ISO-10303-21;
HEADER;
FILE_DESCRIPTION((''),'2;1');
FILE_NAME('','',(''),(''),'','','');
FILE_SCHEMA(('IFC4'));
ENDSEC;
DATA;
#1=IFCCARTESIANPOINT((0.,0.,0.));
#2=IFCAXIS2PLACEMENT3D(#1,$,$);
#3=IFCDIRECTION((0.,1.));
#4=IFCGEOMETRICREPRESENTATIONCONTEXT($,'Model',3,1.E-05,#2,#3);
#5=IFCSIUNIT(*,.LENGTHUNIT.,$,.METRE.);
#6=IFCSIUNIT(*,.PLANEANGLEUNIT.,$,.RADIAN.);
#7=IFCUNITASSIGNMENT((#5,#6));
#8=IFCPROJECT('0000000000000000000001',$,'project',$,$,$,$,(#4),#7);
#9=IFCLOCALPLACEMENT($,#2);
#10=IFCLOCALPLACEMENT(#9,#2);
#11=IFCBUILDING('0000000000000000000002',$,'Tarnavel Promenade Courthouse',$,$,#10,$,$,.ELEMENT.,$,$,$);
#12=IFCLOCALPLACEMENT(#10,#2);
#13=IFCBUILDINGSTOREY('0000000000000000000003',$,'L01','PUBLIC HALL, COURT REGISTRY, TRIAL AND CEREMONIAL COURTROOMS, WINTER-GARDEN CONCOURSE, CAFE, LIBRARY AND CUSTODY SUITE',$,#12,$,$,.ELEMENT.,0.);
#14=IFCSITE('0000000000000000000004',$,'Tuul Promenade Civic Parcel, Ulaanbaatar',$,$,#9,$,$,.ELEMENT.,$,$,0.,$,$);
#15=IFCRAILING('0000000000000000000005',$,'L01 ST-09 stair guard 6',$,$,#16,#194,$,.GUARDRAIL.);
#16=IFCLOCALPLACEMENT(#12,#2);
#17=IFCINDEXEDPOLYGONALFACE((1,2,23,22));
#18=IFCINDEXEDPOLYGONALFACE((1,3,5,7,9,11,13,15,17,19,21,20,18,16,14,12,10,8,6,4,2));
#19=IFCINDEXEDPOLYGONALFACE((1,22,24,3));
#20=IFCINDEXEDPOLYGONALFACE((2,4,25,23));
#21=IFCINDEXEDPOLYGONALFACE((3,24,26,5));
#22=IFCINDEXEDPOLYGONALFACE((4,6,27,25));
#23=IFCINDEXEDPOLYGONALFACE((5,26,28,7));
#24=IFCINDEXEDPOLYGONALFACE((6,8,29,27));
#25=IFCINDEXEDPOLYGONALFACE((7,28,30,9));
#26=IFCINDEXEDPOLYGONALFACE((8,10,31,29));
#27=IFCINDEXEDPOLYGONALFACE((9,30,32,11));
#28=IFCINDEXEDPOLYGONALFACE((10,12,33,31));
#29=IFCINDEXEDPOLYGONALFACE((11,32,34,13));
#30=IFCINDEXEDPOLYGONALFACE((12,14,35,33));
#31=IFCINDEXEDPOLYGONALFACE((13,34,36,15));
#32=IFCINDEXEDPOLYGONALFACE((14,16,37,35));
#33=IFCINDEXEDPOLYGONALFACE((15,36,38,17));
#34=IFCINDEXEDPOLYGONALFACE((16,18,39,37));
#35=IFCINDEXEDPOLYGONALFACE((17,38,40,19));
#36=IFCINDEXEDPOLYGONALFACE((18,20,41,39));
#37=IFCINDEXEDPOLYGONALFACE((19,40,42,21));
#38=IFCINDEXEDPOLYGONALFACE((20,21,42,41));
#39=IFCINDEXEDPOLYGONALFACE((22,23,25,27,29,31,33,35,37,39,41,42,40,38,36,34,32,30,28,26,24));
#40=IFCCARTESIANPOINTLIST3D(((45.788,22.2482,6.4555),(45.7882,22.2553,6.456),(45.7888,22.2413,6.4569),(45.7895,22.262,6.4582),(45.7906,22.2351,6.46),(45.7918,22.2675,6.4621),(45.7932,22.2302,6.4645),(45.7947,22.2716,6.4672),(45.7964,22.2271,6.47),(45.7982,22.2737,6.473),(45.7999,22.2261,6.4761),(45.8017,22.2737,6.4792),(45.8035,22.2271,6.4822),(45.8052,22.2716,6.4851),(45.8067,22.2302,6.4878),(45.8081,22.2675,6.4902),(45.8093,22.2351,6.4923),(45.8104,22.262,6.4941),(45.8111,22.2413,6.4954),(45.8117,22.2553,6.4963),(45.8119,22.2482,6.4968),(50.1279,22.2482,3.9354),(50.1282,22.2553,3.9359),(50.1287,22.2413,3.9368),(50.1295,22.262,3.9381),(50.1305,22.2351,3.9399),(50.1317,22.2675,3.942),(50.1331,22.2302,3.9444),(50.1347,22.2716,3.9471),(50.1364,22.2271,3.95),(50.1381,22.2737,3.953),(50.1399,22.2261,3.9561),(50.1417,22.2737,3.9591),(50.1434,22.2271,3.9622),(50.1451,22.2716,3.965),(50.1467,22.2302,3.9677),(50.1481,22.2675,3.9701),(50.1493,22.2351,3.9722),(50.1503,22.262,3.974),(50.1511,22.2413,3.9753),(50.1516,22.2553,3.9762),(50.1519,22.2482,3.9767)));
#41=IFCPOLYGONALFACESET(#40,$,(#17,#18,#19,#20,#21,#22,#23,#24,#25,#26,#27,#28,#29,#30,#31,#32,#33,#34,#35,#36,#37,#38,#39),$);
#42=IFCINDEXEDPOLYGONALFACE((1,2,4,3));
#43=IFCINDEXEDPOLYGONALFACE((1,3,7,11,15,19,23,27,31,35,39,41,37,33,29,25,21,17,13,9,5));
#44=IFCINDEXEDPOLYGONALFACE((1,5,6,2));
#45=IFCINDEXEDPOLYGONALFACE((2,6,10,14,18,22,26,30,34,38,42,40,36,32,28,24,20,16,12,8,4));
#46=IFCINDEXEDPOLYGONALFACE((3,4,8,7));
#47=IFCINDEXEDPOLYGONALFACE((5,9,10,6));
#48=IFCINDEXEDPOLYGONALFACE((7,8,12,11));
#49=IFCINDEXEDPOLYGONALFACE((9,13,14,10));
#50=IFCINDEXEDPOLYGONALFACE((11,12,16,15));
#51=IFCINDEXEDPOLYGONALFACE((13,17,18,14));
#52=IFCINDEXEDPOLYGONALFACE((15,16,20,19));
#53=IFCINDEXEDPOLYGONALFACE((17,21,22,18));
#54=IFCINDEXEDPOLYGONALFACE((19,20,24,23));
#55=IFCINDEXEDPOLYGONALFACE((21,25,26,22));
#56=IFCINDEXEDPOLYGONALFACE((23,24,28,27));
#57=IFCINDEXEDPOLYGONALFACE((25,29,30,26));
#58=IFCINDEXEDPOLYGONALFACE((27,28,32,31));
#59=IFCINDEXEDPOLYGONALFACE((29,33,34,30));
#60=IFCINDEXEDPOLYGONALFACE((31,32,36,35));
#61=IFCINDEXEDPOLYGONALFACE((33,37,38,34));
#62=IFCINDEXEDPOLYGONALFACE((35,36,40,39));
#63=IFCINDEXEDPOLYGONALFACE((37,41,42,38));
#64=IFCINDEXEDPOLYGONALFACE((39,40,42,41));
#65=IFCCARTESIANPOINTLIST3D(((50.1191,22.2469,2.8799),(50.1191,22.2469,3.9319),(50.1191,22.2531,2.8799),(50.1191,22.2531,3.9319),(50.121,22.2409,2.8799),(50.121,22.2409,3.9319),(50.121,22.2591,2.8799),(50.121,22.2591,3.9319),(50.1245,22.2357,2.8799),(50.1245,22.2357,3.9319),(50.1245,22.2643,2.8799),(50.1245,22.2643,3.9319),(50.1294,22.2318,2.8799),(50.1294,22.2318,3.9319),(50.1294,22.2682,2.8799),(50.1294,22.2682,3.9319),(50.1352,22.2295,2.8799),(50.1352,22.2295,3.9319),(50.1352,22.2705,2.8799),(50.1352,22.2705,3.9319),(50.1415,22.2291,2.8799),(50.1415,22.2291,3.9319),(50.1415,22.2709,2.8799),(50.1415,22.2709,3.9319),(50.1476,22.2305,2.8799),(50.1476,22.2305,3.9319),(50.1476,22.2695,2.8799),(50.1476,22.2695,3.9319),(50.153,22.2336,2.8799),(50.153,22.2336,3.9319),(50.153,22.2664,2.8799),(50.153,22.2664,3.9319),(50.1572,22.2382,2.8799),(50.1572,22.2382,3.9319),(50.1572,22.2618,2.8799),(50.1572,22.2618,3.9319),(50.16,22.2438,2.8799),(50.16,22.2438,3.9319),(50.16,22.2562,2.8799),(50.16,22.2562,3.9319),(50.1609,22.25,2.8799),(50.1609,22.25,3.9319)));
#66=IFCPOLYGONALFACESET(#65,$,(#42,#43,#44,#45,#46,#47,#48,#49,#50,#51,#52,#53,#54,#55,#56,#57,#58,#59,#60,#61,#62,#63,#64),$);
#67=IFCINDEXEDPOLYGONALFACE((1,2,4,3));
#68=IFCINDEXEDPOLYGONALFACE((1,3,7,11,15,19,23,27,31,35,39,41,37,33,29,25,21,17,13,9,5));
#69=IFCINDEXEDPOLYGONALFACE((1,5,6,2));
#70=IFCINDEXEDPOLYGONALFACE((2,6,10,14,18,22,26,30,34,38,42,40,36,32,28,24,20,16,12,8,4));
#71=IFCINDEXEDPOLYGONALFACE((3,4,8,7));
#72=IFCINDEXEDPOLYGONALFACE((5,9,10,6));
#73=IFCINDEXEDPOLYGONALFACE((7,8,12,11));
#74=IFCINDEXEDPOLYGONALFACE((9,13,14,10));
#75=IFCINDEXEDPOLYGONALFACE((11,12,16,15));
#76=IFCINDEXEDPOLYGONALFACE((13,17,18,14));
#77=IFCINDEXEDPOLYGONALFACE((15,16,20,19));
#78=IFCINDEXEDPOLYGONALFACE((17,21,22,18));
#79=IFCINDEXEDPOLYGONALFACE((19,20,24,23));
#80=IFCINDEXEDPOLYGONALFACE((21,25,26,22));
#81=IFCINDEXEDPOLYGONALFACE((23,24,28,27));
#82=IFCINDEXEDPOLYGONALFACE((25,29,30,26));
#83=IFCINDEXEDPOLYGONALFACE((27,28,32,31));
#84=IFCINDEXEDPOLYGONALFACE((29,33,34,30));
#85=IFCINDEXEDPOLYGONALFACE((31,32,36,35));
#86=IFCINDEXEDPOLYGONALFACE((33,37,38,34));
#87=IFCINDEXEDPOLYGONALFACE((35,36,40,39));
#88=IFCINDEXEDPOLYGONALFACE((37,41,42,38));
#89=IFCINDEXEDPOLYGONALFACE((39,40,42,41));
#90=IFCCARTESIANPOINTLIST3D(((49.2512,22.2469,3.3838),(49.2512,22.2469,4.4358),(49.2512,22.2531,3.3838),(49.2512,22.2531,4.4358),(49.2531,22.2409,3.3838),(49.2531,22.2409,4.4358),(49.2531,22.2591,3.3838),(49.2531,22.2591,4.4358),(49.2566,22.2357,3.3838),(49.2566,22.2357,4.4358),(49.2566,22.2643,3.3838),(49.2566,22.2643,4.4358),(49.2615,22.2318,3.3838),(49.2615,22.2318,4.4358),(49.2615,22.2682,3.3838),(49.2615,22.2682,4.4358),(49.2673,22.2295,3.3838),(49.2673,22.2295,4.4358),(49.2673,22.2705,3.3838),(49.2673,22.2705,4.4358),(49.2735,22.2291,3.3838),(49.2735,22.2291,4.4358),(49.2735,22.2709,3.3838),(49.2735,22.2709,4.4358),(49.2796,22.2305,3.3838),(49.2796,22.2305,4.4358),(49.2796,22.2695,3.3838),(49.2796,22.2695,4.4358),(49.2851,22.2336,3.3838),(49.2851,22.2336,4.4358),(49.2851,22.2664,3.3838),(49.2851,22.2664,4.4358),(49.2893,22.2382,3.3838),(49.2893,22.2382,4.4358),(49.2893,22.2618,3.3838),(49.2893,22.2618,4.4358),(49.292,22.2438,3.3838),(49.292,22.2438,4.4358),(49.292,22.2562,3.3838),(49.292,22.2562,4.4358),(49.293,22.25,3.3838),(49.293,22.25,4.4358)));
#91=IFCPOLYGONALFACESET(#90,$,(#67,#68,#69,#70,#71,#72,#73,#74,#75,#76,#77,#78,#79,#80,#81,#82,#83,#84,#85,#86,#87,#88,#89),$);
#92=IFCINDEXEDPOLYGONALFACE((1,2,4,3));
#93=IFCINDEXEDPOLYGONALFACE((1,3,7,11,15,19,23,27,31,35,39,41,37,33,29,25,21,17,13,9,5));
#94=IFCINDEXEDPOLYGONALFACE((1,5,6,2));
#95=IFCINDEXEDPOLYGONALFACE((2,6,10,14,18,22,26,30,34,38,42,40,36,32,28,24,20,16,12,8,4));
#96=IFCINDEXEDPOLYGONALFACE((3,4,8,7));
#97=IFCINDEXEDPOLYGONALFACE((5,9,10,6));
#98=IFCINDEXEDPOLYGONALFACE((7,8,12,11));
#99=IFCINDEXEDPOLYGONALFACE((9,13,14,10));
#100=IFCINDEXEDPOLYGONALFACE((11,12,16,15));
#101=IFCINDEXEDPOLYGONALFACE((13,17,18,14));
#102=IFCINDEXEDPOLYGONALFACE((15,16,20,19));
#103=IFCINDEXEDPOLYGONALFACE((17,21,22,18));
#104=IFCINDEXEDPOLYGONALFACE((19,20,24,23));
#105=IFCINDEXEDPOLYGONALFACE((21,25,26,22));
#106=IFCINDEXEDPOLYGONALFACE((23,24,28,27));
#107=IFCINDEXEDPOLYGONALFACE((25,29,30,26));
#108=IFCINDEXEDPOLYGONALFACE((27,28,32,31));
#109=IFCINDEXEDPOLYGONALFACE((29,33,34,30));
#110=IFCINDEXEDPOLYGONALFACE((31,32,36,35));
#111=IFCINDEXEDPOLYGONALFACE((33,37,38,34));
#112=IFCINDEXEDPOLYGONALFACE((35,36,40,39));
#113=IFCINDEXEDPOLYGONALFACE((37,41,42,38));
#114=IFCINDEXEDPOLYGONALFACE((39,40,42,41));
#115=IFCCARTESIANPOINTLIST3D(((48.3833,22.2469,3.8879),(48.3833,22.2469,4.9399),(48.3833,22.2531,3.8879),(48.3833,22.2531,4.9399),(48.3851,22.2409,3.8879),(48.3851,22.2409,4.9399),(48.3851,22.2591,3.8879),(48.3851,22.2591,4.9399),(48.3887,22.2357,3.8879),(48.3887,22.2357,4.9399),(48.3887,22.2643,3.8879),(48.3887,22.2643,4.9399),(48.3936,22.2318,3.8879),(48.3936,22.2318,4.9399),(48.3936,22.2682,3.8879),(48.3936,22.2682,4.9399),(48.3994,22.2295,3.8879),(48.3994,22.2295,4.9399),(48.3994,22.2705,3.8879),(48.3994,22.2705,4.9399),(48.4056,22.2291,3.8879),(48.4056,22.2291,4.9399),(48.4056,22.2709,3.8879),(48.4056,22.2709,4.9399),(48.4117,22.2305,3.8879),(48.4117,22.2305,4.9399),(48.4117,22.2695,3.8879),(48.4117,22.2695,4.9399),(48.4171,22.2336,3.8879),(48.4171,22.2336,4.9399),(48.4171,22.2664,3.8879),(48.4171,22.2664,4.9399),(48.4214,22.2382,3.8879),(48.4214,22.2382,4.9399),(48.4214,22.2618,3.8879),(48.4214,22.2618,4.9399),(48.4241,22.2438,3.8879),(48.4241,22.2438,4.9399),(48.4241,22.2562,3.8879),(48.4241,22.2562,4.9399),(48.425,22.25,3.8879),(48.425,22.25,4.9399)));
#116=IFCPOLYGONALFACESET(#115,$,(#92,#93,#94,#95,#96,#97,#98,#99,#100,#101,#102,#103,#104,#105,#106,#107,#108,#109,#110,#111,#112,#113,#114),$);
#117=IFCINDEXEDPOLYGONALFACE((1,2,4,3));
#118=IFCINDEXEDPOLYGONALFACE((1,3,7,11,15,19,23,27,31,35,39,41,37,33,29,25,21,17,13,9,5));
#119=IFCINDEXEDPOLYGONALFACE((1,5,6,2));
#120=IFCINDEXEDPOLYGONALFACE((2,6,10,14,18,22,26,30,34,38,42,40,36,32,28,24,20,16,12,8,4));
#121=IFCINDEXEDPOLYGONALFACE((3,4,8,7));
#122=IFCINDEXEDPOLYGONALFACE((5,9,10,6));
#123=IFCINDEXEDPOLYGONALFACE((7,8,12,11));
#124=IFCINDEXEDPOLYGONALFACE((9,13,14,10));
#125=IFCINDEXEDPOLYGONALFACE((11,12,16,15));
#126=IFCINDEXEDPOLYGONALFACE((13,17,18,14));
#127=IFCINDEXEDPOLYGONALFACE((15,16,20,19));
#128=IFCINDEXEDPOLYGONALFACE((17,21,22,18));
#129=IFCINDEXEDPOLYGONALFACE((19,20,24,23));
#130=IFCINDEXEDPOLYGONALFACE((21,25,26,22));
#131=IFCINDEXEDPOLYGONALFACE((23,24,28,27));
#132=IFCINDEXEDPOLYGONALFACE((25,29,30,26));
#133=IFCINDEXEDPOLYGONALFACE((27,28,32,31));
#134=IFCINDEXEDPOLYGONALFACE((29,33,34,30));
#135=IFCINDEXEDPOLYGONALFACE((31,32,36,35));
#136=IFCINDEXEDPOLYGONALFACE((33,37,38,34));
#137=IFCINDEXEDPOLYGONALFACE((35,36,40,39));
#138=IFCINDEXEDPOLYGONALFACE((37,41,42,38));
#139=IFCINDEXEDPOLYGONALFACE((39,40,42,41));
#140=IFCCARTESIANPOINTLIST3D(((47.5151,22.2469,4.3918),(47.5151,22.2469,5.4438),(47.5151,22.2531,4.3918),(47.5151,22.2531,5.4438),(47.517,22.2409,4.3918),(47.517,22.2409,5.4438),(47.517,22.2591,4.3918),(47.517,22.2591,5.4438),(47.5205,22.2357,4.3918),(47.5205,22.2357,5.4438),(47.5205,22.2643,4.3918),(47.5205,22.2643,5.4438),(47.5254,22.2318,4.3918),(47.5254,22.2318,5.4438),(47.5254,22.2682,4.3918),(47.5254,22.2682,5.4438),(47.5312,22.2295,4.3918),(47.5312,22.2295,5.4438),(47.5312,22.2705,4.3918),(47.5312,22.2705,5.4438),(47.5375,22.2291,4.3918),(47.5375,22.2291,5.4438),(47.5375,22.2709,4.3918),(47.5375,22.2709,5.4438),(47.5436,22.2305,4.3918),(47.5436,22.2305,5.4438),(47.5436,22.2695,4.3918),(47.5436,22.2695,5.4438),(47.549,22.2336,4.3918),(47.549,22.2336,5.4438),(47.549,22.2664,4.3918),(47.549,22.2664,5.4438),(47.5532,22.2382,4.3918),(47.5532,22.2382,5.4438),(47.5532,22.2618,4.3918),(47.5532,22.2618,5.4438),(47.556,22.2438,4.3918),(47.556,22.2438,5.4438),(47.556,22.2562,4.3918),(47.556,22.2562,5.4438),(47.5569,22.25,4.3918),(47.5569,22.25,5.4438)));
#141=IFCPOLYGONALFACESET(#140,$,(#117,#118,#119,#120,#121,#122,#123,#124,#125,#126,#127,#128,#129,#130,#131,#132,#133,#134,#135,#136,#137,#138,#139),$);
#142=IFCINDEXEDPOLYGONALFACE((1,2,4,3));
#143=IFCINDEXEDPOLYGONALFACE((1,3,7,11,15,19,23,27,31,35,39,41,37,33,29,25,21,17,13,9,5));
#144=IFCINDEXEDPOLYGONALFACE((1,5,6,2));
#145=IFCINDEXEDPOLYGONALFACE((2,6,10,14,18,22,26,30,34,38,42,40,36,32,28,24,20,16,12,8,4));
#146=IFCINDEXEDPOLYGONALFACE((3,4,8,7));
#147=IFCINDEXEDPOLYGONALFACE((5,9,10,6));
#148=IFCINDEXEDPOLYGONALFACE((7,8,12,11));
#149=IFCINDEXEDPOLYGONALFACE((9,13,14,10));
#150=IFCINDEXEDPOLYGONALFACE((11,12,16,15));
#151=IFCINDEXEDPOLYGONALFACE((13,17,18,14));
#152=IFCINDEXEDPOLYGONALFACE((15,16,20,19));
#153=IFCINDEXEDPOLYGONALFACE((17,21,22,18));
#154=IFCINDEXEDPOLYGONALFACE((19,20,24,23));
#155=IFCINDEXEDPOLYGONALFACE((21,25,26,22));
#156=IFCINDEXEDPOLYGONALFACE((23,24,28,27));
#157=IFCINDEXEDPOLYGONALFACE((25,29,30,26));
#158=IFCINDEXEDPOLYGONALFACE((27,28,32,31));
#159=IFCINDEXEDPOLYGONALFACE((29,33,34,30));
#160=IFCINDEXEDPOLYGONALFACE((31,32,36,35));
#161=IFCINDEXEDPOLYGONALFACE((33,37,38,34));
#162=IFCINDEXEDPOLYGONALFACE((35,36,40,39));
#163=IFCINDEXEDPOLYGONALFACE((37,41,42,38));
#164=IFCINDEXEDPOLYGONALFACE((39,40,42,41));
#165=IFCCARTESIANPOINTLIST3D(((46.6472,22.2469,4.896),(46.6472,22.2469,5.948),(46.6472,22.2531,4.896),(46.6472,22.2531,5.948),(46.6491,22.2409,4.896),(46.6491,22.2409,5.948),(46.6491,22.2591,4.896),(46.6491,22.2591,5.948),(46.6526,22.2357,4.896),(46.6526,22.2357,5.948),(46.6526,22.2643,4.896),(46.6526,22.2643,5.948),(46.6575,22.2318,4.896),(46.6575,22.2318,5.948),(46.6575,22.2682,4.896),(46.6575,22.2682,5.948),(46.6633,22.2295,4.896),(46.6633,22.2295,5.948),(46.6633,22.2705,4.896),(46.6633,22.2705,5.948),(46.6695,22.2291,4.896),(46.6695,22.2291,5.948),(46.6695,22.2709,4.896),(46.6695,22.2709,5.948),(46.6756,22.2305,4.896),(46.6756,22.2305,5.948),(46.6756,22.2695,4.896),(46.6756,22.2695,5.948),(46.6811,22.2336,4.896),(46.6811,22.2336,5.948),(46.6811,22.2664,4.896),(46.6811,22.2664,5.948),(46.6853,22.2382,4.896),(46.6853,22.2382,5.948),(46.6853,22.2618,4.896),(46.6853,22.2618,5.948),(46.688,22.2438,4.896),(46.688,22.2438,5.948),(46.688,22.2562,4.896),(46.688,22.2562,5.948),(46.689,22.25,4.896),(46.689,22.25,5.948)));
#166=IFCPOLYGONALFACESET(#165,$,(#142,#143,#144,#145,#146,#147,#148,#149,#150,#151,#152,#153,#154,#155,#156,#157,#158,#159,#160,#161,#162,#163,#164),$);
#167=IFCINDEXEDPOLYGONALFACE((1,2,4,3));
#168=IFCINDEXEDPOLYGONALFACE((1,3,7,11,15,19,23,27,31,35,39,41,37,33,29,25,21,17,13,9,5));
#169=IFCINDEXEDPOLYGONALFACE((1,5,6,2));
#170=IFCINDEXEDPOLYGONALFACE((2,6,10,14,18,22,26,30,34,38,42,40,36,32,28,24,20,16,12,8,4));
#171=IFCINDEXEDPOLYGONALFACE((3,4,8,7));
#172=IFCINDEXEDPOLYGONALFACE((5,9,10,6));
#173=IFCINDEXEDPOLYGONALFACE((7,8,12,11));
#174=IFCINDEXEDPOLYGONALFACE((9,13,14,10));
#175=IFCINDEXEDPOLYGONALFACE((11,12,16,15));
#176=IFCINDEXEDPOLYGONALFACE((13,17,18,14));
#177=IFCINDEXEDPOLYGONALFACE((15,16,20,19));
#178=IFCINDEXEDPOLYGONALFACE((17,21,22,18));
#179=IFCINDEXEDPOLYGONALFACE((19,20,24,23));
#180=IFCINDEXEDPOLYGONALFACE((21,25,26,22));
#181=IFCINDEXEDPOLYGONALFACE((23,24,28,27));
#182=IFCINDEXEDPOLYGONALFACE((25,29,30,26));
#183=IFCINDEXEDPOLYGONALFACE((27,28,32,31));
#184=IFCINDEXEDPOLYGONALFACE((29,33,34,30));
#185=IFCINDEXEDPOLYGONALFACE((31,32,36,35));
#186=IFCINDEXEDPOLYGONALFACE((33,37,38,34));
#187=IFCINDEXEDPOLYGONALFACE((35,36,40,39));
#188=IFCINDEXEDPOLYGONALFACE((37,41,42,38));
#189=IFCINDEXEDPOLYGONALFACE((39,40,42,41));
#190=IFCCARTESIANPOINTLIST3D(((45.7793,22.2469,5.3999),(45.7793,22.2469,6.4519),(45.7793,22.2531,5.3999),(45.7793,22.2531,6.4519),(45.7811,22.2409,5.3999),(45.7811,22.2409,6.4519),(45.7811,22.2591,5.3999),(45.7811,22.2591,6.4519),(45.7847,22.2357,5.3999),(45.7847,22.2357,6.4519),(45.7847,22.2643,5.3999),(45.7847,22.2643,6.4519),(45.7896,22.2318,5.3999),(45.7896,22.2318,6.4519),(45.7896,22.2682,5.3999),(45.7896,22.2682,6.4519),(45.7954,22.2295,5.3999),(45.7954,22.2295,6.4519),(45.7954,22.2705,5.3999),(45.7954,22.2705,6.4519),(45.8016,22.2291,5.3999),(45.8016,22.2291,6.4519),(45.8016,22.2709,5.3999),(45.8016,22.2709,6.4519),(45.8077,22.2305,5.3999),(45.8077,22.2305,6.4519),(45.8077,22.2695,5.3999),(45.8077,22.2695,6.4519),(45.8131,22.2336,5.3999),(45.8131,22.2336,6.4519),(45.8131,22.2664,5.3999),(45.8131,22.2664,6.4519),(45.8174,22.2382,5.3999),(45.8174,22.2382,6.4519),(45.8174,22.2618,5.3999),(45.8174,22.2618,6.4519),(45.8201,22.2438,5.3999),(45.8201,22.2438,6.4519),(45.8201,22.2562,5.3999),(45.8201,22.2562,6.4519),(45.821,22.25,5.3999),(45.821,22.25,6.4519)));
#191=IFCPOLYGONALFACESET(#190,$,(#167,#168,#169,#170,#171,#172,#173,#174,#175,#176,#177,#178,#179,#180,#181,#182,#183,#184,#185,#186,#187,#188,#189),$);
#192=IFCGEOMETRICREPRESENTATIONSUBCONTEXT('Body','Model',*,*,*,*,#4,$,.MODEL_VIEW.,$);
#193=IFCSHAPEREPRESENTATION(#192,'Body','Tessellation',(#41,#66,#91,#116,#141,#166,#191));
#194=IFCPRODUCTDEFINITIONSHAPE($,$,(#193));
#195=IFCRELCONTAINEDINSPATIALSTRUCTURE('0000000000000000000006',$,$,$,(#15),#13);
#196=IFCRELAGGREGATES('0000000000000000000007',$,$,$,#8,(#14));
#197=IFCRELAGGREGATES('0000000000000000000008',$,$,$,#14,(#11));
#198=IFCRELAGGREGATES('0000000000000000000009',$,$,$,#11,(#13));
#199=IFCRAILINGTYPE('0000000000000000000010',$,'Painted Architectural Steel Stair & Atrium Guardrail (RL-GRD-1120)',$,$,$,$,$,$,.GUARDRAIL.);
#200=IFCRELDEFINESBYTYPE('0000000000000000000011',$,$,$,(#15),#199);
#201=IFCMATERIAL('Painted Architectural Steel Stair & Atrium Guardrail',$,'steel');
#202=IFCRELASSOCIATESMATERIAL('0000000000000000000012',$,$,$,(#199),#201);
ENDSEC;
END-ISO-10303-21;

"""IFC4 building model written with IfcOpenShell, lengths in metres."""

from ifc_helpers import new_model, si_unit, direction, frame, origin, origin_2d, place, context, subcontext, project, spatial, circle, extrude, material, type_object, element, save


model = new_model("IFC4")

# Units and contexts
model_context = context("Model", 3, precision=1e-05, world=origin(), true_north=direction((0.0, 1.0)))
body_context = subcontext(model_context, "Body", "Model", "MODEL_VIEW")
ifc_project = project(units=[si_unit("LENGTHUNIT", "METRE"), si_unit("PLANEANGLEUNIT", "RADIAN")], contexts=[model_context])

# Site, building, storey
site_placement = place(None, origin())
site = spatial("IfcSite", under=ifc_project, at=site_placement, Name="Tuul Promenade Civic Parcel, Ulaanbaatar", CompositionType="ELEMENT", RefElevation=0.0)
building_placement = place(site_placement, origin())
building = spatial("IfcBuilding", under=site, at=building_placement, Name="Tarnavel Promenade Courthouse", CompositionType="ELEMENT")
storey_placement = place(building_placement, origin())
storey = spatial("IfcBuildingStorey", under=building, at=storey_placement, Name="L01", Description="PUBLIC HALL, COURT REGISTRY, TRIAL AND CEREMONIAL COURTROOMS, WINTER-GARDEN CONCOURSE, CAFE, LIBRARY AND CUSTODY SUITE", CompositionType="ELEMENT", Elevation=0.0)

# Railing
ifc_material_1 = material(Name="Painted Architectural Steel Stair & Atrium Guardrail", Category="steel")
railing_type_1 = type_object("IfcRailingType", Name="Painted Architectural Steel Stair & Atrium Guardrail (RL-GRD-1120)", PredefinedType="GUARDRAIL", material=ifc_material_1)
railing_1_placement = place(storey_placement, frame((50.1399, 22.25, 2.8799)))
element("IfcRailing", 1, at=railing_1_placement, inside=storey, type_object=railing_type_1, Name="L01 ST-09 stair guard 6", PredefinedType="GUARDRAIL", context=body_context, shape_type="SweptSolid", body=[
    extrude(circle(Radius=0.0239, at=origin_2d()), frame((0.0, 0.0, 1.0762), z_axis=(-0.864779, 0.0, 0.502152), x_axis=(0.0, -1.0, 0.0)), (0.0, 0.0, 1.0), 5.0186),
    extrude(circle(Radius=0.021, at=origin_2d()), origin(), (0.0, 0.0, 1.0), 1.052),
    extrude(circle(Radius=0.021, at=origin_2d()), frame((-0.8679, 0.0, 0.5039)), (0.0, 0.0, 1.0), 1.052),
    extrude(circle(Radius=0.021, at=origin_2d()), frame((-1.7358, 0.0, 1.0081)), (0.0, 0.0, 1.0), 1.052),
    extrude(circle(Radius=0.021, at=origin_2d()), frame((-2.604, 0.0, 1.512)), (0.0, 0.0, 1.0), 1.052),
    extrude(circle(Radius=0.021, at=origin_2d()), frame((-3.4719, 0.0, 2.0161)), (0.0, 0.0, 1.0), 1.052),
    extrude(circle(Radius=0.021, at=origin_2d()), frame((-4.3398, 0.0, 2.52)), (0.0, 0.0, 1.0), 1.052),
])

save(model, "model.ifc")
